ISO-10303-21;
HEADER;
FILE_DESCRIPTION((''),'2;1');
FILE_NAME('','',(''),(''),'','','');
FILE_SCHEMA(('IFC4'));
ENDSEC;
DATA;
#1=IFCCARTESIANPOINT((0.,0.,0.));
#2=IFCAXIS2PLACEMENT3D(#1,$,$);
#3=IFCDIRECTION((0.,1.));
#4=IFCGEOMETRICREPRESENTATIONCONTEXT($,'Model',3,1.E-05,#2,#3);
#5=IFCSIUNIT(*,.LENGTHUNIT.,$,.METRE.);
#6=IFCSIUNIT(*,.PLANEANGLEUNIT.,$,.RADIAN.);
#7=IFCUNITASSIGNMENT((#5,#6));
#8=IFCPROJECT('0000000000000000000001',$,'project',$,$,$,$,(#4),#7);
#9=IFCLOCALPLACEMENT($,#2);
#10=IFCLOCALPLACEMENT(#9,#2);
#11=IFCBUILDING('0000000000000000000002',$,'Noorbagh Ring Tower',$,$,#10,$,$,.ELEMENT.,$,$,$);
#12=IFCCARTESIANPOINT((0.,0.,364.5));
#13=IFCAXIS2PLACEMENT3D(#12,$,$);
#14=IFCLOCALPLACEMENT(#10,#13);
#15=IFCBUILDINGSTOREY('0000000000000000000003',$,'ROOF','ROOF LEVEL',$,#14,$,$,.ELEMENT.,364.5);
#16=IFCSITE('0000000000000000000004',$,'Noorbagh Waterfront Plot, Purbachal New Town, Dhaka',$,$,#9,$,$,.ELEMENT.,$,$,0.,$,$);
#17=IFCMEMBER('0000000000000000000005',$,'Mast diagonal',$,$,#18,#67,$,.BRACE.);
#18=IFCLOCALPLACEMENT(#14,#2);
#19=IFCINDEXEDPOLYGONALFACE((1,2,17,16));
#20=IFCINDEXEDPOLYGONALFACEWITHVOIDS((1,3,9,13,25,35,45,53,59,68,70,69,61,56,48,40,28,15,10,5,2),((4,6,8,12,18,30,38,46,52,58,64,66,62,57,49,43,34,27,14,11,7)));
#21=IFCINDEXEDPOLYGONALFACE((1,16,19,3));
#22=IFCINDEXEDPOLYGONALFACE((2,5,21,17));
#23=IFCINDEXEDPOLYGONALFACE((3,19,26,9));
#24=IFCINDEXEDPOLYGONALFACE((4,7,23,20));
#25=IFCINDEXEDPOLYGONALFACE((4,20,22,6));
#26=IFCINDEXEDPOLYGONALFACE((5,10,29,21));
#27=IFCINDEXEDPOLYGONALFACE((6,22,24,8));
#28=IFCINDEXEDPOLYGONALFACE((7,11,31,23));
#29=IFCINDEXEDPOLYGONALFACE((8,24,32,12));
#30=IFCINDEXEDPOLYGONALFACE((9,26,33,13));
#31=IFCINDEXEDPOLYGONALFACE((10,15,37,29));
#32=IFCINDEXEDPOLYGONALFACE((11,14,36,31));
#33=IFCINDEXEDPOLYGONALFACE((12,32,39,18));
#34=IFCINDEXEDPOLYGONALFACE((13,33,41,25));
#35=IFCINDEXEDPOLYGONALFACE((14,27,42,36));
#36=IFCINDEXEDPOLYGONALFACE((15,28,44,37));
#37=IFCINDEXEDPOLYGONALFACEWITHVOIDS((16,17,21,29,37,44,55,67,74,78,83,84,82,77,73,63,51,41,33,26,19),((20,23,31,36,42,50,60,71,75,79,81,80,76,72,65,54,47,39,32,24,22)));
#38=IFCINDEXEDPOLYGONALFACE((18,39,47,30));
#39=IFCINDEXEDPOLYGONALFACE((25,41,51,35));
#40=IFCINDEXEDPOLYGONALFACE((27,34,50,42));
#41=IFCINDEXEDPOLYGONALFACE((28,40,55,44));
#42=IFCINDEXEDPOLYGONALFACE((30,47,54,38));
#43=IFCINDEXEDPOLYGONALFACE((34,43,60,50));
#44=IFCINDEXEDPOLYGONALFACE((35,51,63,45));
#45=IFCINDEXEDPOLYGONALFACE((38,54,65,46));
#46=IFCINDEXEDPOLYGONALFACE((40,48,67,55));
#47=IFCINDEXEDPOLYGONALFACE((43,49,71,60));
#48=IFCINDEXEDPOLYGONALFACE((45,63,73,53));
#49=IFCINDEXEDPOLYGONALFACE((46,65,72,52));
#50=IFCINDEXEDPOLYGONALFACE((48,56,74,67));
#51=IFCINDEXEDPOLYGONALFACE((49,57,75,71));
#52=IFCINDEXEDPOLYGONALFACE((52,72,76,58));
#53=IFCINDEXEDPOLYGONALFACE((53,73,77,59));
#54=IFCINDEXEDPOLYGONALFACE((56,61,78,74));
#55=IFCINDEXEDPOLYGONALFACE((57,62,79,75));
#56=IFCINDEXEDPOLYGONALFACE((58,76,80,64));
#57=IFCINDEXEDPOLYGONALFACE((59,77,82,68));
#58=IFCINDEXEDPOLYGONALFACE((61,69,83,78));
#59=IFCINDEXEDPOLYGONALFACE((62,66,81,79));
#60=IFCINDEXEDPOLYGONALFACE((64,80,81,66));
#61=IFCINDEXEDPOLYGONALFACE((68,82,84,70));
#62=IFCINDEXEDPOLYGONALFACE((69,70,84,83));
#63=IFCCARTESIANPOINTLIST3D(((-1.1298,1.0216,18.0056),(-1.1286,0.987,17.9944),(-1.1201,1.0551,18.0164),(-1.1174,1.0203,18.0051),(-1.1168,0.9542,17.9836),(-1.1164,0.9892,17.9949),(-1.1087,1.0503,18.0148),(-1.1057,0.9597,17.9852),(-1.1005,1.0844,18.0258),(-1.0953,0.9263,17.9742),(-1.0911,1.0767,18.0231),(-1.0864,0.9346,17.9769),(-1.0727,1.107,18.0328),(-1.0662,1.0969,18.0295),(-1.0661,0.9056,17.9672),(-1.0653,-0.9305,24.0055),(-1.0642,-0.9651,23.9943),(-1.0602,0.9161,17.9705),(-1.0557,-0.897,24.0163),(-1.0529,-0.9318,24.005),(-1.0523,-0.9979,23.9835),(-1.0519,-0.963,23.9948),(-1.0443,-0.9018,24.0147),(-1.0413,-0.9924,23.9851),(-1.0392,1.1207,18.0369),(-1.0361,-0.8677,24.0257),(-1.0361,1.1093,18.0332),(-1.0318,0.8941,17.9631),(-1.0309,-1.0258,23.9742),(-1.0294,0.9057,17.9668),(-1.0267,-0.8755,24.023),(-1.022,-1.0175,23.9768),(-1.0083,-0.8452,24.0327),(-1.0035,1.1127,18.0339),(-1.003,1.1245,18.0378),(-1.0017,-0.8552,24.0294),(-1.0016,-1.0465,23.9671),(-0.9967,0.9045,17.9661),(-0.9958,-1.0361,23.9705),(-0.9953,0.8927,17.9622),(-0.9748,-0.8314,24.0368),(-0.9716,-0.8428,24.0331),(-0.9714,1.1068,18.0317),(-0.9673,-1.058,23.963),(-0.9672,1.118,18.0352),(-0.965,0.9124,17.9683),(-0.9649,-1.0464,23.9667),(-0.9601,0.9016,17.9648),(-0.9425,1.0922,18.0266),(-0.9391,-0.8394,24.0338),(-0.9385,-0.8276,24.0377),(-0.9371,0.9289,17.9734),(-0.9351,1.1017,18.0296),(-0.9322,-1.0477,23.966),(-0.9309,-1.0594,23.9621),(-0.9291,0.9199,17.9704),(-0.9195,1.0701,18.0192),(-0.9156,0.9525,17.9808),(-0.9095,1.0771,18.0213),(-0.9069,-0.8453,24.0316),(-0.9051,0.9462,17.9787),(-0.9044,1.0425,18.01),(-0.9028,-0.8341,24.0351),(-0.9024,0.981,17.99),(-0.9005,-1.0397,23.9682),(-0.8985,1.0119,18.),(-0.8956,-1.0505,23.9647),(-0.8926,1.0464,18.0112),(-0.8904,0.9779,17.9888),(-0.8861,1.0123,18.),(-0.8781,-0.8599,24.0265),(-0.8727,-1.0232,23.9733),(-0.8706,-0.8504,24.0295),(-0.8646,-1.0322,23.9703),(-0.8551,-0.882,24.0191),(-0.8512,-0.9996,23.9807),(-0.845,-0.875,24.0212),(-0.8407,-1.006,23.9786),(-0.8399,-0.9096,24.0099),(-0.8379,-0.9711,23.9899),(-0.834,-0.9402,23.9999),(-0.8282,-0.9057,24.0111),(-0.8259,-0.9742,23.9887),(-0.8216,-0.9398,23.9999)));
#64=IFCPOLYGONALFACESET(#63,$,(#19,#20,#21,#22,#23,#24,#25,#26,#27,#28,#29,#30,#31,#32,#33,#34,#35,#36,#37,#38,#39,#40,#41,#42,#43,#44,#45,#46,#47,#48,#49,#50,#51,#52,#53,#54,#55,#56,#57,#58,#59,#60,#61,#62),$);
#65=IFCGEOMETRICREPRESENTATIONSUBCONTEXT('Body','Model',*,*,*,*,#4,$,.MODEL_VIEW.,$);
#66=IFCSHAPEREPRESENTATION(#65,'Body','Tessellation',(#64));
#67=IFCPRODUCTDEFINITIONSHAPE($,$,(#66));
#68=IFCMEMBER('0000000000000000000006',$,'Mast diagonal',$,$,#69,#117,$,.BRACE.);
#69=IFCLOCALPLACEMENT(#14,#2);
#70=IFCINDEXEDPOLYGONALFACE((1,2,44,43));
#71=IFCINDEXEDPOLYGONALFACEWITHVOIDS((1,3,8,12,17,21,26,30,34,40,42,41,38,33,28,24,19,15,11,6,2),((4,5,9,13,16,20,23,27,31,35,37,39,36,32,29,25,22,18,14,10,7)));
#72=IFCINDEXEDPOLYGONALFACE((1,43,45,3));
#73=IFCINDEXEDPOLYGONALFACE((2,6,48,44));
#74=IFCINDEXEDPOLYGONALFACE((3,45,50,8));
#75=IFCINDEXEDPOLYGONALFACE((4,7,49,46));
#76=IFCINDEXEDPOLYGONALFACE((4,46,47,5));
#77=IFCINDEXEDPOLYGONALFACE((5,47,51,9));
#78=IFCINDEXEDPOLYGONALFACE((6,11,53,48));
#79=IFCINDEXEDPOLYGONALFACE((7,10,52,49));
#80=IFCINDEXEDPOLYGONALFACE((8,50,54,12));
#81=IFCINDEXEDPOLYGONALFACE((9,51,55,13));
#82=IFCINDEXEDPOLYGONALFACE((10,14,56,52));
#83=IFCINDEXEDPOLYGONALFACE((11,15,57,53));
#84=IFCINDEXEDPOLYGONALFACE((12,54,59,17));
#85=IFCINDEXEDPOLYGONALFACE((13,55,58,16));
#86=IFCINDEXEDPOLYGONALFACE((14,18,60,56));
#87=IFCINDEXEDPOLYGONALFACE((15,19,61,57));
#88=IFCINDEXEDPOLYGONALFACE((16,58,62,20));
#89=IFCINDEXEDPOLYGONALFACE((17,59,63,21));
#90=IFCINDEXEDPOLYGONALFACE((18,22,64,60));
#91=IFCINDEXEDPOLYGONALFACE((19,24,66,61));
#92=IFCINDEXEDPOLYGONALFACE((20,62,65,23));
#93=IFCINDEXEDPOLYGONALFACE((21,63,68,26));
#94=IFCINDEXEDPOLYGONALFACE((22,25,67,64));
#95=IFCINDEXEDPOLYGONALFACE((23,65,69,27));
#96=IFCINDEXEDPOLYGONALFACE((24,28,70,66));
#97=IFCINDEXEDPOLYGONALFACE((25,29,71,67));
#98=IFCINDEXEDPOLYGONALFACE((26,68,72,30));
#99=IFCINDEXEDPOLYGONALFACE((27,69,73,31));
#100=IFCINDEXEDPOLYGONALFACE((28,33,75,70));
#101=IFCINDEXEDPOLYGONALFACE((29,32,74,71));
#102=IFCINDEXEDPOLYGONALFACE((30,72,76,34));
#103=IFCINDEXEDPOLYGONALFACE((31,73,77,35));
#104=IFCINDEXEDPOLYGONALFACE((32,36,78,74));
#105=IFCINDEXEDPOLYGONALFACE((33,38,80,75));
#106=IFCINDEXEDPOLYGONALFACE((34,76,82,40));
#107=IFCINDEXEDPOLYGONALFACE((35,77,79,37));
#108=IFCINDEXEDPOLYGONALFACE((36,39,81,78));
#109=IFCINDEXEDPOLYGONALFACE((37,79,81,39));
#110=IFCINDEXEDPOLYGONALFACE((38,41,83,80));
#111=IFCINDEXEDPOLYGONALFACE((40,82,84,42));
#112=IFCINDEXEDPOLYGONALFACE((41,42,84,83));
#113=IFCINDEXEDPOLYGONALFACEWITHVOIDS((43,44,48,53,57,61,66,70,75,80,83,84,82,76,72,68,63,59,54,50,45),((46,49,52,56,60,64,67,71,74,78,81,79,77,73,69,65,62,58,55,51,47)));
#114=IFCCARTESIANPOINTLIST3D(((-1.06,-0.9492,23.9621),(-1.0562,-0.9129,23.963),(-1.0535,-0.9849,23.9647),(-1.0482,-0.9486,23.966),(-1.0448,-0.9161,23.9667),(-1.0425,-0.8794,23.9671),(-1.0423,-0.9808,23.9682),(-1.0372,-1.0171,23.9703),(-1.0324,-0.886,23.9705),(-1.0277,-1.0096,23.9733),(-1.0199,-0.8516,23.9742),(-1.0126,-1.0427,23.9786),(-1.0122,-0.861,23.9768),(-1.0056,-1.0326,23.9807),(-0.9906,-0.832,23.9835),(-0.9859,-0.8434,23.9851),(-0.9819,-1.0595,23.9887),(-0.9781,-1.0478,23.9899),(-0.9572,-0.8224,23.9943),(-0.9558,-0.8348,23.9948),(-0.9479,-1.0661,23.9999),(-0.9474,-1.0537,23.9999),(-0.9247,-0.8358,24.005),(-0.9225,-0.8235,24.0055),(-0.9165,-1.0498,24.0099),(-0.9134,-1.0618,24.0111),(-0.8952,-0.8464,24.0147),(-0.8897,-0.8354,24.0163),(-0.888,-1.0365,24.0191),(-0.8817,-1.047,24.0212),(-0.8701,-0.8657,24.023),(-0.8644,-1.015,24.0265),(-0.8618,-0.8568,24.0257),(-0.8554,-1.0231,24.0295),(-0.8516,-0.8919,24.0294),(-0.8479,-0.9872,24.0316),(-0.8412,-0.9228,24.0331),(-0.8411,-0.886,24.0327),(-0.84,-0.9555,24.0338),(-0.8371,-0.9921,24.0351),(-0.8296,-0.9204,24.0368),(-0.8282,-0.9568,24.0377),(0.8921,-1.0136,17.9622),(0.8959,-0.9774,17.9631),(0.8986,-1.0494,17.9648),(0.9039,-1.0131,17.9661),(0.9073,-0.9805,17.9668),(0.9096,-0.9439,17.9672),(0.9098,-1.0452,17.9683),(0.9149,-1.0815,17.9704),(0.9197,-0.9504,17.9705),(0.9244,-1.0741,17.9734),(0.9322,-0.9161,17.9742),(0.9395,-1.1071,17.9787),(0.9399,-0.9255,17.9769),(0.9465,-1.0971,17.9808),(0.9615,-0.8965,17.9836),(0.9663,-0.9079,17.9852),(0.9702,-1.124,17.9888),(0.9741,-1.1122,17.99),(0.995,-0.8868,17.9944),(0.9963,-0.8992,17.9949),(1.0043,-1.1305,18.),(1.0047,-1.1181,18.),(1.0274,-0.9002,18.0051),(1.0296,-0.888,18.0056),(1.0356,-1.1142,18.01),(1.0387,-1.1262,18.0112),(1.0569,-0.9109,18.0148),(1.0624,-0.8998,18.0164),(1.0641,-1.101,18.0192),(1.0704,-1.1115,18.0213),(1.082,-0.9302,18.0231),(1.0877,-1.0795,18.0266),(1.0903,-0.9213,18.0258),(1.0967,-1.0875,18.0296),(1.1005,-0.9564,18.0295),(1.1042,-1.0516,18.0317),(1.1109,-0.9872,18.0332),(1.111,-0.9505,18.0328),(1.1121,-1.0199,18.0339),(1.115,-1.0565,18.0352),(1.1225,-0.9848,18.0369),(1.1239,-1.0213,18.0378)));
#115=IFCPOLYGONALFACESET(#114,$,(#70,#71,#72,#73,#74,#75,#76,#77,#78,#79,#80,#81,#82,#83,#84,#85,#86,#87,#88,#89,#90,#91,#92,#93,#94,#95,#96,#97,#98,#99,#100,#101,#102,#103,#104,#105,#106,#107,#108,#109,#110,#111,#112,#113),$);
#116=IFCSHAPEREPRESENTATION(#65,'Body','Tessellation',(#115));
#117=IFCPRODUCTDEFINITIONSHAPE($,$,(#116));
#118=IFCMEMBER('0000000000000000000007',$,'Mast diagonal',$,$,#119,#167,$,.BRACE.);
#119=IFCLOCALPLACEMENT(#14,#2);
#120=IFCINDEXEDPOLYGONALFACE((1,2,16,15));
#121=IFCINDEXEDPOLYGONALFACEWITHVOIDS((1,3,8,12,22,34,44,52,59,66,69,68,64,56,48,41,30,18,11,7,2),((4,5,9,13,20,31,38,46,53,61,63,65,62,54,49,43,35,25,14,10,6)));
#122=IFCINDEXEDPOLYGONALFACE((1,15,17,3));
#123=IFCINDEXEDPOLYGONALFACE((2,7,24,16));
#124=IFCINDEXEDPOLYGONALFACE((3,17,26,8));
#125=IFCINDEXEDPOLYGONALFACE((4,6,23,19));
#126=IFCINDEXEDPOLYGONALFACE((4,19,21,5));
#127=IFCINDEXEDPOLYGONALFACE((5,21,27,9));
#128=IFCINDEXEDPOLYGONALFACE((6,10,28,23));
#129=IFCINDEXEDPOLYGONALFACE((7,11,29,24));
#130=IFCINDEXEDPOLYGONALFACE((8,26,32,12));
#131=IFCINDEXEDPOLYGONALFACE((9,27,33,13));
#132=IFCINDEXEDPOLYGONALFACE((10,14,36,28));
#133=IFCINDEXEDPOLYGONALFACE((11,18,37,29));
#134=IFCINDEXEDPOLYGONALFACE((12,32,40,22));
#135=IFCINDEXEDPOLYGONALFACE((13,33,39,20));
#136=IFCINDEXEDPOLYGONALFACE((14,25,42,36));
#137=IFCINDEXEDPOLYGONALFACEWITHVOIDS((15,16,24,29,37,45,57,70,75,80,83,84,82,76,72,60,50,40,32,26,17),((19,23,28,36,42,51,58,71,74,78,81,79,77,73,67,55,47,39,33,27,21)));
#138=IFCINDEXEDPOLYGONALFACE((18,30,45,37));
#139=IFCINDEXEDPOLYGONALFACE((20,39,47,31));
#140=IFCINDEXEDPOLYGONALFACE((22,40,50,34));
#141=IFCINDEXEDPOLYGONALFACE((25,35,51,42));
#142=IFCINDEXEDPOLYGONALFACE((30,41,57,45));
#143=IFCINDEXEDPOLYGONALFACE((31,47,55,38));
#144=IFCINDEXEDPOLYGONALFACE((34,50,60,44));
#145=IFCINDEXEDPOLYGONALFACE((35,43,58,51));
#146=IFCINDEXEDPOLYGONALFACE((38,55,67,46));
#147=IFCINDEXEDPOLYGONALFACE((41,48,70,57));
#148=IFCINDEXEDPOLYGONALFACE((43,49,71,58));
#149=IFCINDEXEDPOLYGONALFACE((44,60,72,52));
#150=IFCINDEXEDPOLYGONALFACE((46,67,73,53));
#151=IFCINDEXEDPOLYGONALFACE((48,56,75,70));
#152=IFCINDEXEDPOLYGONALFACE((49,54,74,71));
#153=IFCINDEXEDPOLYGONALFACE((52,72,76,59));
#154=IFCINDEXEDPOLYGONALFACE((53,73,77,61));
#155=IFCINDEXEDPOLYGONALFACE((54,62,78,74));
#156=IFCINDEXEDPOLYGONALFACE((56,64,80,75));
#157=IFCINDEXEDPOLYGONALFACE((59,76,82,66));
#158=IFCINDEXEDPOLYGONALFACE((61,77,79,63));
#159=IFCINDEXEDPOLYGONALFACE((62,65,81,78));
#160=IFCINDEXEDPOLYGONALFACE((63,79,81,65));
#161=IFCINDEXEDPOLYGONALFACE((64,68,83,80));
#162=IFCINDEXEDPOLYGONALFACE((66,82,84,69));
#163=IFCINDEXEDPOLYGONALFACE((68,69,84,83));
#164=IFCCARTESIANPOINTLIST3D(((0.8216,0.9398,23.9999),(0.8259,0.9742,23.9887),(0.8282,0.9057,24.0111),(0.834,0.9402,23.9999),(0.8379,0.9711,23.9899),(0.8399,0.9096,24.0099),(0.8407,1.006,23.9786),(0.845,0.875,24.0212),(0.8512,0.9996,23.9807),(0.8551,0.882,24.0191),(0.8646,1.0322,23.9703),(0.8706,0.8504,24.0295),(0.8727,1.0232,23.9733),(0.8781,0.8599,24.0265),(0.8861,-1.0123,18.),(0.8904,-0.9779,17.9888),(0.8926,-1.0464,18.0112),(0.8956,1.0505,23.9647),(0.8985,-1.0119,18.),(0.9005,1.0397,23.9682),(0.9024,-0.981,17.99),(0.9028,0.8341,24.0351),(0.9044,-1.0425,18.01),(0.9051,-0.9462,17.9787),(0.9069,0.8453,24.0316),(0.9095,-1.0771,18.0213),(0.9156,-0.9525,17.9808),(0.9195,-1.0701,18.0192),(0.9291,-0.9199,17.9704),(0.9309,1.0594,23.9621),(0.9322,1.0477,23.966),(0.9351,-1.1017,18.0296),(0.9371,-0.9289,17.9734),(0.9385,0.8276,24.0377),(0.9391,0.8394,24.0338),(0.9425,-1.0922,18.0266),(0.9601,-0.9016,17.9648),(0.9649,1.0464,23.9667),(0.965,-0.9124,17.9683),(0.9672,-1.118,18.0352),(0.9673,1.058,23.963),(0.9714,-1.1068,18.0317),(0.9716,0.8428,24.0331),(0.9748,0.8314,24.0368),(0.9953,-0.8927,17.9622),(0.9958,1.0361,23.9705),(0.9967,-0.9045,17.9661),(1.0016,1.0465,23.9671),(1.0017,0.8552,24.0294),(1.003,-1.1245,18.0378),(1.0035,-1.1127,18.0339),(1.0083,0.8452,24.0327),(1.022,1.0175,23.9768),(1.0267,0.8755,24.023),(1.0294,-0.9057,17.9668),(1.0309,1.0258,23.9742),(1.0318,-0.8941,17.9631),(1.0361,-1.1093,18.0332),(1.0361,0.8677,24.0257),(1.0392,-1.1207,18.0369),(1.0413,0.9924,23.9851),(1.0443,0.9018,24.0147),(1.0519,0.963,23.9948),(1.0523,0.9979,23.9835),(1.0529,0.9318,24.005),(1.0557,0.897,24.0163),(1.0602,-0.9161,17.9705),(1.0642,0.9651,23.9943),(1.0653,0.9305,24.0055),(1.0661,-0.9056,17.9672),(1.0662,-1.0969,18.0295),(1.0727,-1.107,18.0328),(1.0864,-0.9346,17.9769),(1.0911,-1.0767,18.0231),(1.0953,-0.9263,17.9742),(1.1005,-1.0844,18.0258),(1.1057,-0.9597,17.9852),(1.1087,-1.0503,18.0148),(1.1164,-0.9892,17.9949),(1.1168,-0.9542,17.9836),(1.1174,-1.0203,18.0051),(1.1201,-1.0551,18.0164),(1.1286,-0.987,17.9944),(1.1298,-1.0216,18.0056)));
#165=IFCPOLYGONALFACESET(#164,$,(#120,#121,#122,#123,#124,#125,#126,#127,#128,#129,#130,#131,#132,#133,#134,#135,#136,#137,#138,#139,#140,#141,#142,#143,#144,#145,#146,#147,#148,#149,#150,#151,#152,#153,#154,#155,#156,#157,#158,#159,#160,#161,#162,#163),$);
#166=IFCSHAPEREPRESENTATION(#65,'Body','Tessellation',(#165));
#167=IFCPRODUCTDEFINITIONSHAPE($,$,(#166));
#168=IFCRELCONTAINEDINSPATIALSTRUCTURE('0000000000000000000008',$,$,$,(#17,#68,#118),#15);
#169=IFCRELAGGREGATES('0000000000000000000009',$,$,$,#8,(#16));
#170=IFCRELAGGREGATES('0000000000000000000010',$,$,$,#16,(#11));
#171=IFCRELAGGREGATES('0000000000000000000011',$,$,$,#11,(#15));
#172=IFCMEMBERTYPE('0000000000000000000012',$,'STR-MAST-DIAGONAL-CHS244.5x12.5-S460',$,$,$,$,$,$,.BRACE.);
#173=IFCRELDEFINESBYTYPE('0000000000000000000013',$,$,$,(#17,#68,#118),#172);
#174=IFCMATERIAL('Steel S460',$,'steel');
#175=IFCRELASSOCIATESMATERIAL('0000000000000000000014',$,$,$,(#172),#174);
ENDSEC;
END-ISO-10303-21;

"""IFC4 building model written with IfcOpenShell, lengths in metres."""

from ifc_helpers import new_model, si_unit, direction, frame, origin, origin_2d, place, context, subcontext, project, spatial, hollow_circle, extrude, material, material_profile, profile_set, type_object, element, save


model = new_model("IFC4")

# Units and contexts
model_context = context("Model", 3, precision=1e-05, world=origin(), true_north=direction((0.0, 1.0)))
body_context = subcontext(model_context, "Body", "Model", "MODEL_VIEW")
ifc_project = project(units=[si_unit("LENGTHUNIT", "METRE"), si_unit("PLANEANGLEUNIT", "RADIAN")], contexts=[model_context])

# Site, building, storey
site_placement = place(None, origin())
site = spatial("IfcSite", under=ifc_project, at=site_placement, Name="Noorbagh Waterfront Plot, Purbachal New Town, Dhaka", CompositionType="ELEMENT", RefElevation=0.0)
building_placement = place(site_placement, origin())
building = spatial("IfcBuilding", under=site, at=building_placement, Name="Noorbagh Ring Tower", CompositionType="ELEMENT")
storey_placement = place(building_placement, frame((0.0, 0.0, 364.5)))
storey = spatial("IfcBuildingStorey", under=building, at=storey_placement, Name="ROOF", Description="ROOF LEVEL", CompositionType="ELEMENT", Elevation=364.5)

# Members
ifc_material_1 = material(Name="Steel S460", Category="steel")
ifc_material_profile_1 = material_profile(ifc_material_1, hollow_circle(Radius=0.1223, WallThickness=0.0125, at=origin_2d()), Name="CHS244.5x12.5")
ifc_profile_set_1 = profile_set([ifc_material_profile_1], Name="Steel S460")
member_type_1 = type_object("IfcMemberType", Name="STR-MAST-DIAGONAL-CHS244.5x12.5-S460", PredefinedType="BRACE", material=ifc_profile_set_1)
for number, where, z_axis, x_axis, name in (
    (1, (-1.0083, 1.0083, 18.0), (0.010215, -0.309378, 0.950884), (0.999455, 0.032999, 0.0), "Mast diagonal"),
    (2, (1.0083, -1.0083, 18.0), (-0.309378, 0.010215, 0.950884), (-0.032999, -0.999455, 0.0), "Mast diagonal"),
    (3, (1.0083, -1.0083, 18.0), (-0.010215, 0.309378, 0.950884), (-0.999455, -0.032999, 0.0), "Mast diagonal"),
):
    element("IfcMember", number, at=place(storey_placement, frame(where, z_axis=z_axis, x_axis=x_axis)), inside=storey, type_object=member_type_1, Name=name, PredefinedType="BRACE", context=body_context, shape_type="SweptSolid", body=[
        extrude(hollow_circle(Radius=0.1223, WallThickness=0.0125, at=origin_2d()), origin(), (0.0, 0.0, 1.0), 6.3098),
    ])

save(model, "model.ifc")
